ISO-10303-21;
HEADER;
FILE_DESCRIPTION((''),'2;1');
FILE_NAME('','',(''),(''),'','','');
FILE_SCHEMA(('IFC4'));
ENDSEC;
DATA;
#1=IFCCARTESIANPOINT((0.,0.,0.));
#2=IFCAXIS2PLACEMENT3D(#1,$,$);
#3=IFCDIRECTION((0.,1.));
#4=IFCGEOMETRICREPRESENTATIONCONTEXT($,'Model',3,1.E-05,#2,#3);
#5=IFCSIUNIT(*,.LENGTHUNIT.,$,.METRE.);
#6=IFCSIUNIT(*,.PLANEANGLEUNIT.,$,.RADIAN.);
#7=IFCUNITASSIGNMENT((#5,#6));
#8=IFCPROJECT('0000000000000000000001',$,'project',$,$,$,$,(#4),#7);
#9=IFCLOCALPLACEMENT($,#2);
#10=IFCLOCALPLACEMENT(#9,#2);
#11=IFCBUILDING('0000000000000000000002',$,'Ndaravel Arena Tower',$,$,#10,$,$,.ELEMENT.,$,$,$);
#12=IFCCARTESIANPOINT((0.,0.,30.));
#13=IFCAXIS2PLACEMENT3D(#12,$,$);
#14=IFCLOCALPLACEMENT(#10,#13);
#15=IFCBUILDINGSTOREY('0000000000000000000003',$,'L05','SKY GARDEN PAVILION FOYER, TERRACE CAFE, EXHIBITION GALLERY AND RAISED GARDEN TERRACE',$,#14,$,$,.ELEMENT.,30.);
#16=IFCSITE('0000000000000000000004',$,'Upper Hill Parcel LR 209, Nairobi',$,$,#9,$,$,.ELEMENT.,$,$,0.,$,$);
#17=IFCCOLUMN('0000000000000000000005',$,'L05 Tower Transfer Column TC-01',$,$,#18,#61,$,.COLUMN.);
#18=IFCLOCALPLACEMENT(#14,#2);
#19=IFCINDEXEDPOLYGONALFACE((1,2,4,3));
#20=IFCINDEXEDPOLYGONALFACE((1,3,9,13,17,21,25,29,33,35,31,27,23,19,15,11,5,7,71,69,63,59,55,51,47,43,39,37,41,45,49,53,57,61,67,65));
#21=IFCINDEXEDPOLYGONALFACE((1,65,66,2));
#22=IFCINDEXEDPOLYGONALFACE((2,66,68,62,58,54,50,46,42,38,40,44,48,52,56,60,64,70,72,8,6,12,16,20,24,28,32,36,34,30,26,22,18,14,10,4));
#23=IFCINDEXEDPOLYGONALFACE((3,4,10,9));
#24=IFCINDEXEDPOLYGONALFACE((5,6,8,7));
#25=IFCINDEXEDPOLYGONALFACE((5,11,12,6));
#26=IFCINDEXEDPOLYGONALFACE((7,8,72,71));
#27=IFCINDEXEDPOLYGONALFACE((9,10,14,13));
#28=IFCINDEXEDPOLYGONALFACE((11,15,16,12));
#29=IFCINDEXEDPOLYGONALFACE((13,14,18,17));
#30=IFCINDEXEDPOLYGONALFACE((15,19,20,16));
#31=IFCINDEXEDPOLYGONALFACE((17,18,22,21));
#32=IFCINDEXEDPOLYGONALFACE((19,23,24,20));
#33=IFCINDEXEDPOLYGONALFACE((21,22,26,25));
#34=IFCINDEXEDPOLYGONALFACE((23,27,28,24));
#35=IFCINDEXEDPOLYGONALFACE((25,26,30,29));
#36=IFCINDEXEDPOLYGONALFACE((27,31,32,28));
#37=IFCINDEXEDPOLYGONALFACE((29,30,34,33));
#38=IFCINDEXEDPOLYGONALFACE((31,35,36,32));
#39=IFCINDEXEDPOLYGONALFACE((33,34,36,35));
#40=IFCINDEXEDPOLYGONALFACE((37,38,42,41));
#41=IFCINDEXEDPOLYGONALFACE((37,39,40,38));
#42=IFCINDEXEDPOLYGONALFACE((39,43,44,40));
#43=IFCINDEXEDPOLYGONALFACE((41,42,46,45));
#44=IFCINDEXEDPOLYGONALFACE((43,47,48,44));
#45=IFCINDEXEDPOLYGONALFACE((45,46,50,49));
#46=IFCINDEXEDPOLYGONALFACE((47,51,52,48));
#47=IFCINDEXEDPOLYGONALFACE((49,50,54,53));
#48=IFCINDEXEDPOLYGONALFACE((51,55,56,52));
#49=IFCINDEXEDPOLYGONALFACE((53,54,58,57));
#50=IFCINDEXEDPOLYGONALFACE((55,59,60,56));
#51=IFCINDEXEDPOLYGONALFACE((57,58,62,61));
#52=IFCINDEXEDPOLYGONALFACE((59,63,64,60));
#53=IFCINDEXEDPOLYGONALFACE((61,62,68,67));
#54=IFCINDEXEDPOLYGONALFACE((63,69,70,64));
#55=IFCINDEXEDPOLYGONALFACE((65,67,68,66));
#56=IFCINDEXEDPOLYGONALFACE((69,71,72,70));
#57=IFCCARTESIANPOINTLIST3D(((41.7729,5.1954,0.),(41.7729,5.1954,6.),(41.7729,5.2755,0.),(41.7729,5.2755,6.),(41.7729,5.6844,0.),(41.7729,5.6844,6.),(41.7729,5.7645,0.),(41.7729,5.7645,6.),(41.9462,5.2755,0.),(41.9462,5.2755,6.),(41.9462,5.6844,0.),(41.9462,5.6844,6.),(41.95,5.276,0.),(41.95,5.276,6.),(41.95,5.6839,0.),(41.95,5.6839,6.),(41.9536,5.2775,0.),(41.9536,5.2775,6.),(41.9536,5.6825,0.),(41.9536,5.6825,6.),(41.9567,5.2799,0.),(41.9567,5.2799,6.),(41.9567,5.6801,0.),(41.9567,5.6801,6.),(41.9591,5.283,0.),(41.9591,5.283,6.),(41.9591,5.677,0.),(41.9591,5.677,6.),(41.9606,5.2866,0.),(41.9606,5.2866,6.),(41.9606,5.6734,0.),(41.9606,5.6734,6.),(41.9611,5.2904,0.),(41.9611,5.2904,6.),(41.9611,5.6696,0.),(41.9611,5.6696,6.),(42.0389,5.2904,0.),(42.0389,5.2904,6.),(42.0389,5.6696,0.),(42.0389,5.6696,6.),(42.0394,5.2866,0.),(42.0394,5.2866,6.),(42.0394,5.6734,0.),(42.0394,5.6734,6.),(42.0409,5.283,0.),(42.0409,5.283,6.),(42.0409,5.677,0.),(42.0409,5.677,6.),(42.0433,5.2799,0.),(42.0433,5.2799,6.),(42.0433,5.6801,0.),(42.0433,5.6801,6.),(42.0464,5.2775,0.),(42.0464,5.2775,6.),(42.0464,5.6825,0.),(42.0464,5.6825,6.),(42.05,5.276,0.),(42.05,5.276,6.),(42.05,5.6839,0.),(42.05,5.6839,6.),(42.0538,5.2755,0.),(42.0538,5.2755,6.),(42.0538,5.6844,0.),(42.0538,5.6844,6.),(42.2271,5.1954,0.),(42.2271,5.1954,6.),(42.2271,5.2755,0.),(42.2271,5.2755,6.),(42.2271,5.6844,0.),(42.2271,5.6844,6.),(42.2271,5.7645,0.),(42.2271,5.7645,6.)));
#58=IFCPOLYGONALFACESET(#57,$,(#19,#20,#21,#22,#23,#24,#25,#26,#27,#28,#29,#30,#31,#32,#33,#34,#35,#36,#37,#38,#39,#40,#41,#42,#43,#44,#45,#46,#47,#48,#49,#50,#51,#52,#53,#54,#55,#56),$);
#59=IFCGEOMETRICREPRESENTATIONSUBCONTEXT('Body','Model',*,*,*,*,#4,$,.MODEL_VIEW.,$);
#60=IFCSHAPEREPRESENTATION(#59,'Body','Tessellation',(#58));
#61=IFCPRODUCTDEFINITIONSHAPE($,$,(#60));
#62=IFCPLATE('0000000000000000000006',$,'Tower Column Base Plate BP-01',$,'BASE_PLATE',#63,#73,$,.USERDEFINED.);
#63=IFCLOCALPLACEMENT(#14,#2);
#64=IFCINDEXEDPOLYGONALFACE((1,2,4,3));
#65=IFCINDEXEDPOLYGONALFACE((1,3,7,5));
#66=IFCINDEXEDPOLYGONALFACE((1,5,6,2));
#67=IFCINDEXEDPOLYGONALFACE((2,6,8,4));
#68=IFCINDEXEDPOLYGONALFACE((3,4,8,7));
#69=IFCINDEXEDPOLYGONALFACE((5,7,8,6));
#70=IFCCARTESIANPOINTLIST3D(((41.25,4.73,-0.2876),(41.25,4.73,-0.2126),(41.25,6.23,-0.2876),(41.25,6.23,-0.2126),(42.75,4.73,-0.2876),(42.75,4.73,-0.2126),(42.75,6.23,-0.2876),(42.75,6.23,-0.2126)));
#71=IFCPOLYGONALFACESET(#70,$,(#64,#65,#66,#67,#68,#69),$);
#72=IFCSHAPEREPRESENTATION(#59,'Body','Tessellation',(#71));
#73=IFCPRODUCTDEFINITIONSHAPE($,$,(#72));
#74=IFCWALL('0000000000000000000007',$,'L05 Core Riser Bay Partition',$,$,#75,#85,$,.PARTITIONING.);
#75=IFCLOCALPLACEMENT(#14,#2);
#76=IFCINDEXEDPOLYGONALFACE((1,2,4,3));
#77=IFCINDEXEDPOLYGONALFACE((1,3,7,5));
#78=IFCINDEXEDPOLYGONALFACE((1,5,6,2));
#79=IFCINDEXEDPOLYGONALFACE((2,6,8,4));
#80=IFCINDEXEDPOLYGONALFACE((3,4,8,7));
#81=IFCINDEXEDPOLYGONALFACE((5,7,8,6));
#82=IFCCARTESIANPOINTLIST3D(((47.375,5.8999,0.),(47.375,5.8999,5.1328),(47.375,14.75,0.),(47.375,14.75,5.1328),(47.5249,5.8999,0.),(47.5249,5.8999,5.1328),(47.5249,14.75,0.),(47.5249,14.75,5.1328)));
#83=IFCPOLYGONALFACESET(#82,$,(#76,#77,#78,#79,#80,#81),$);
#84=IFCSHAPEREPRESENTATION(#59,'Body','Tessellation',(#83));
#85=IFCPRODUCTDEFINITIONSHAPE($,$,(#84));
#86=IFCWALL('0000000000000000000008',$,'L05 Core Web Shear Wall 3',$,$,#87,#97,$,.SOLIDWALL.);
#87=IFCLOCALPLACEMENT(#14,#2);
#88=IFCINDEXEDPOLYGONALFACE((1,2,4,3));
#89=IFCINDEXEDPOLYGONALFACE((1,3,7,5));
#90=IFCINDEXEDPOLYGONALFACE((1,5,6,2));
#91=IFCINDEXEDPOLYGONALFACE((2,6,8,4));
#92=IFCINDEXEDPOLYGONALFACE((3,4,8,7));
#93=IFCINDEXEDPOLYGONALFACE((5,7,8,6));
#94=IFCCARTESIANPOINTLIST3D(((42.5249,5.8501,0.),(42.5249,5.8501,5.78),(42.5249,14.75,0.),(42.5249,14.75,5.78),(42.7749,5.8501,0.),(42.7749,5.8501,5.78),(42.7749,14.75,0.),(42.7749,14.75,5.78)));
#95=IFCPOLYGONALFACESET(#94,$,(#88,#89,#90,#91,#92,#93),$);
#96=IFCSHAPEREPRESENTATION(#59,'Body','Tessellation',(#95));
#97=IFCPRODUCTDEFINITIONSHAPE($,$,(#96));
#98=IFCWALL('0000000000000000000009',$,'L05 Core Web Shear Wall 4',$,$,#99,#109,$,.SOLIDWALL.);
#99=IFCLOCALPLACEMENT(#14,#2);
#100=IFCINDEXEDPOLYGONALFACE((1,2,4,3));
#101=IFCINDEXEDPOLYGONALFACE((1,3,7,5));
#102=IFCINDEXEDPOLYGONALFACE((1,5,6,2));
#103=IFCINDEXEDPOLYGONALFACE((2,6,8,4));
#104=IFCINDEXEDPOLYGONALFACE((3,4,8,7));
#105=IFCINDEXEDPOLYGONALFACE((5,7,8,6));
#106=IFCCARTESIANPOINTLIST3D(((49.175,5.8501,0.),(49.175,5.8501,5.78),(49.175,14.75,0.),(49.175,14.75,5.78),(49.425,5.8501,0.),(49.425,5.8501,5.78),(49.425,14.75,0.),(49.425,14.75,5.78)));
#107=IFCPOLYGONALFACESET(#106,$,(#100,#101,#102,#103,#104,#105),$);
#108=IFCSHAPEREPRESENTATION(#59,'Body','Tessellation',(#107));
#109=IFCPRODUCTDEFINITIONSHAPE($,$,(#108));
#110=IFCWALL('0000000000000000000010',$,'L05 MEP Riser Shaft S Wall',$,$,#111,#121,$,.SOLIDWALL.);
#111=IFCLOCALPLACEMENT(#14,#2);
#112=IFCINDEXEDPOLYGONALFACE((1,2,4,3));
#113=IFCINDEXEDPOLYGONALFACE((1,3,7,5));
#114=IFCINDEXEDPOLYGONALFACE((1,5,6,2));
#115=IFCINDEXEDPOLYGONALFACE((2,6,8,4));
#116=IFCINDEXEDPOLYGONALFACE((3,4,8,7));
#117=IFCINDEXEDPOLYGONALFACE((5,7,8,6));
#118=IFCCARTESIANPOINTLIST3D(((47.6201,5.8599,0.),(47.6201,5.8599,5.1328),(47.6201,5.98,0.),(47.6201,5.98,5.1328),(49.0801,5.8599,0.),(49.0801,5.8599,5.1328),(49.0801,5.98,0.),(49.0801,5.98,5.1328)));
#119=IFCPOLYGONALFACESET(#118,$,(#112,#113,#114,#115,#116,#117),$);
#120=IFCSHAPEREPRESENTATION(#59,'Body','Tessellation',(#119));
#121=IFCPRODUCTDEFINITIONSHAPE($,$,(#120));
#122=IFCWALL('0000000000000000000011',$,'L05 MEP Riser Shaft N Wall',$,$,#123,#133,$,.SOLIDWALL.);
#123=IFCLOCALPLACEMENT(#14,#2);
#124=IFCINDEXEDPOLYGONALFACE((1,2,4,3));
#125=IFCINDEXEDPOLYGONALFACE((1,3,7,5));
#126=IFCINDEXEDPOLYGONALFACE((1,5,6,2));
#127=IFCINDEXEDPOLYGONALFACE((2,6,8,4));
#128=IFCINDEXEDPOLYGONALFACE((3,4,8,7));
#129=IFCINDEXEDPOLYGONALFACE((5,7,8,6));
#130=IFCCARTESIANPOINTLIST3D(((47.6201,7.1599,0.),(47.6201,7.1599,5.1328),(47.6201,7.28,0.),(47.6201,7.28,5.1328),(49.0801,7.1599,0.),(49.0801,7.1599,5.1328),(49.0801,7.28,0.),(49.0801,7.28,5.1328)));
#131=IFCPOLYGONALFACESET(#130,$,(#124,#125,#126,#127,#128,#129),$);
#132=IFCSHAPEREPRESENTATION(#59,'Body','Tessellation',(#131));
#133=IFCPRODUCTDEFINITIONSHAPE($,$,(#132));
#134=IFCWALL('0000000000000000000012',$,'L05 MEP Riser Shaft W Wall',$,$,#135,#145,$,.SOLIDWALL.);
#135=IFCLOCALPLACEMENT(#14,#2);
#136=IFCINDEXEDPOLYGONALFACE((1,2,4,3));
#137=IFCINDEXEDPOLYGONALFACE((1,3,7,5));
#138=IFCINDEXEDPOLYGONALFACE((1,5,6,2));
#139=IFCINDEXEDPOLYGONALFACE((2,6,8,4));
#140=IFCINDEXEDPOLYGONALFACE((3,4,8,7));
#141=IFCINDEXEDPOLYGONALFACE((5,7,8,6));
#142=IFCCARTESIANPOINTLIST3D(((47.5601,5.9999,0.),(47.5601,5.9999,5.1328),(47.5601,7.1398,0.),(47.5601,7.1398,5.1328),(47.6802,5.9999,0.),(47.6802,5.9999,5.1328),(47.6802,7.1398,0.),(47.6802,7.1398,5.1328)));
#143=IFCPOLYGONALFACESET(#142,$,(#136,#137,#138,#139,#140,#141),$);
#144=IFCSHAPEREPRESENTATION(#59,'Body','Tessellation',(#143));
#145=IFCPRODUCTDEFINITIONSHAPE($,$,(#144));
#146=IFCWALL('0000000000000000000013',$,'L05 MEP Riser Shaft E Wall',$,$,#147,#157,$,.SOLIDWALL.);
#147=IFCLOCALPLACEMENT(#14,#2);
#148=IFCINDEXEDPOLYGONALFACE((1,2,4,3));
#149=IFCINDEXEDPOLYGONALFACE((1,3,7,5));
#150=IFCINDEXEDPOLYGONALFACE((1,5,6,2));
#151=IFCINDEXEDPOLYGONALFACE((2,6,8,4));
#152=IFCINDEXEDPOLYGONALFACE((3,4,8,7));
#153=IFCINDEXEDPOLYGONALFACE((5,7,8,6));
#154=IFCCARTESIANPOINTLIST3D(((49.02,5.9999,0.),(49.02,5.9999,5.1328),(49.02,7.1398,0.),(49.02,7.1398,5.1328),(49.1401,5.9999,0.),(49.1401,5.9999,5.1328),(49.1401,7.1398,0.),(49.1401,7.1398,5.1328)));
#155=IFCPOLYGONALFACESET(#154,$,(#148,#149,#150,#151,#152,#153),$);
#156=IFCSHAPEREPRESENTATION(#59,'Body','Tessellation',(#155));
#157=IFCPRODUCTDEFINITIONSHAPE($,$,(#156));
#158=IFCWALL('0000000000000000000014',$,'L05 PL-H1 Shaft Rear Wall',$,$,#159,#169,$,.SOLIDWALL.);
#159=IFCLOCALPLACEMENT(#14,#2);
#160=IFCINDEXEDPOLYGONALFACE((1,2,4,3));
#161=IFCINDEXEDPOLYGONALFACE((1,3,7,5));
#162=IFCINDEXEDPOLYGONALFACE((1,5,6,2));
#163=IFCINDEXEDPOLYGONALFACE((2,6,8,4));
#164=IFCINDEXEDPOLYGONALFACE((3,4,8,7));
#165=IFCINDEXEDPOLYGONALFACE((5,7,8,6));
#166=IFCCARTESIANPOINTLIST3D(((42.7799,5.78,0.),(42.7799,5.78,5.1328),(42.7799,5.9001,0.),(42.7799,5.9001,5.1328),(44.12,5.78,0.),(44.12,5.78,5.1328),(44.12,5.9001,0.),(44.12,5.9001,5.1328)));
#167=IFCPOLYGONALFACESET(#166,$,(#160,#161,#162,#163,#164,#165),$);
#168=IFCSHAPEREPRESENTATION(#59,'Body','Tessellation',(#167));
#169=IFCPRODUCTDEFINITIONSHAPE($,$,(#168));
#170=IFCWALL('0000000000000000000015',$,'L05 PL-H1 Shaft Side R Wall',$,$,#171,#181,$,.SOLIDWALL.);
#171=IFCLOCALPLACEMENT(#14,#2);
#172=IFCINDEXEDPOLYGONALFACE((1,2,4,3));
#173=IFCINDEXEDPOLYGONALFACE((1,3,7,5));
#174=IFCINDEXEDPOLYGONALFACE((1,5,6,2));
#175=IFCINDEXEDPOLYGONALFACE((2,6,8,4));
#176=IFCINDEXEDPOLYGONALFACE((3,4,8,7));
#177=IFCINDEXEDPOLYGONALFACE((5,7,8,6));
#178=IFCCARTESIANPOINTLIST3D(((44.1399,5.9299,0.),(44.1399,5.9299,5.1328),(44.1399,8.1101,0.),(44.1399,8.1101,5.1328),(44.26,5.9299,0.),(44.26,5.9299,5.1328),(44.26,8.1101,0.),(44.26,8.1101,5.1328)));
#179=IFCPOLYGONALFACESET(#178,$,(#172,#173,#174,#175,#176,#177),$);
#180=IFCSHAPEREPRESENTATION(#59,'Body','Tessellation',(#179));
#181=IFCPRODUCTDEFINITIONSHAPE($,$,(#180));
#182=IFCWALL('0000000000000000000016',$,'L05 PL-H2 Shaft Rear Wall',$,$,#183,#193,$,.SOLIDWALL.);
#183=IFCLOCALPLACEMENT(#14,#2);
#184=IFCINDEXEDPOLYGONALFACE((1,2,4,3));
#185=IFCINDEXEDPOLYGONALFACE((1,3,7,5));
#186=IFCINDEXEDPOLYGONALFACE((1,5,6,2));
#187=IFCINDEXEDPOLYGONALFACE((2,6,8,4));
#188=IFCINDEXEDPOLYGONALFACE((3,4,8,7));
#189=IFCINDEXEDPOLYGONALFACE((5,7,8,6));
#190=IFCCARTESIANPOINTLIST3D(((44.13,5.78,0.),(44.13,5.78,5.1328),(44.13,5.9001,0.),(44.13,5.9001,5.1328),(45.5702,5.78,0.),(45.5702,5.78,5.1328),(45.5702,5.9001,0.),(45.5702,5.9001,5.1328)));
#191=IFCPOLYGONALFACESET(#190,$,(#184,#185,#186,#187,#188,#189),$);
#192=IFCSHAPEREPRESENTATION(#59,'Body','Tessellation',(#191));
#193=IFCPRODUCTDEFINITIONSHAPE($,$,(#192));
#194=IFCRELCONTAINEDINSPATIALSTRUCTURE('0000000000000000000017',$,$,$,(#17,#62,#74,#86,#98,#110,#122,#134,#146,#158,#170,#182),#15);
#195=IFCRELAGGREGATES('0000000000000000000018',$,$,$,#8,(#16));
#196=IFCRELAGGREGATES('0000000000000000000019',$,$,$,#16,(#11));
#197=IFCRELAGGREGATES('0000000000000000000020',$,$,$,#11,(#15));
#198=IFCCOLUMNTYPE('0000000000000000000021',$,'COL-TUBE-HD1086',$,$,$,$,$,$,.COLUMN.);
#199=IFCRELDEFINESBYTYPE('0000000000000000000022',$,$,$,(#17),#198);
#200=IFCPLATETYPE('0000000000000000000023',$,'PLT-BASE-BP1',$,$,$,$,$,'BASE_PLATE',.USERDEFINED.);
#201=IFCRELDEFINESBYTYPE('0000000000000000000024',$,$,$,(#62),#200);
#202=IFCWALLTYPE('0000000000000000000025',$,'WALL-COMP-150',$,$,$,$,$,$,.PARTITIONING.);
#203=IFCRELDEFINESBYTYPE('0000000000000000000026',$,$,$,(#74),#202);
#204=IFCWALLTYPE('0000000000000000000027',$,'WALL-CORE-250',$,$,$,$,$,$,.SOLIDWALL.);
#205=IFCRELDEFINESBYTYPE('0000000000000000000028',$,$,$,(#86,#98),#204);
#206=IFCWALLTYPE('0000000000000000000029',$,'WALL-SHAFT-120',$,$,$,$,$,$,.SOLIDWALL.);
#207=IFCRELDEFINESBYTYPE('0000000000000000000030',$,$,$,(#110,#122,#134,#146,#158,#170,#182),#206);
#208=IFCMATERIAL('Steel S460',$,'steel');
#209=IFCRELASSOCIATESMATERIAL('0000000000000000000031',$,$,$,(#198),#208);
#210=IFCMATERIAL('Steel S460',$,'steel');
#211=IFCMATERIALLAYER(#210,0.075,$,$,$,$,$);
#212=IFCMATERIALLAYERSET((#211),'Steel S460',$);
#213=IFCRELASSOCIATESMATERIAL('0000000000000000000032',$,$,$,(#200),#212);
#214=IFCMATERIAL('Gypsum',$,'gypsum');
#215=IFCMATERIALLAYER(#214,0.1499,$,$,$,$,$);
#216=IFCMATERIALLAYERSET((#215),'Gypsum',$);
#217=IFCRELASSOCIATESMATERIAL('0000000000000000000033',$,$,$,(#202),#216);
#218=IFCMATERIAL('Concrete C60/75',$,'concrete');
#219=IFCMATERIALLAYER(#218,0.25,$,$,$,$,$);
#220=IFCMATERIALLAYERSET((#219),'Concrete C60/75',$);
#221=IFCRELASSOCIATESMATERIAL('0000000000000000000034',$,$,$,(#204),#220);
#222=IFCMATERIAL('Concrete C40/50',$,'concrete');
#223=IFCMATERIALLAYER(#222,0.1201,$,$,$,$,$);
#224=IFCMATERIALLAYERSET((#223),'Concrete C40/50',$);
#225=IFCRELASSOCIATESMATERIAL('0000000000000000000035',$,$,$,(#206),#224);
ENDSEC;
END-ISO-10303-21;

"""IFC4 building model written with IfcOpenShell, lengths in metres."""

from ifc_helpers import new_model, si_unit, direction, frame, frame_2d, origin, origin_2d, place, context, subcontext, project, spatial, rectangle, i_section, extrude, material, layer, layer_set, material_profile, profile_set, type_object, element, save


model = new_model("IFC4")

# Units and contexts
model_context = context("Model", 3, precision=1e-05, world=origin(), true_north=direction((0.0, 1.0)))
body_context = subcontext(model_context, "Body", "Model", "MODEL_VIEW")
ifc_project = project(units=[si_unit("LENGTHUNIT", "METRE"), si_unit("PLANEANGLEUNIT", "RADIAN")], contexts=[model_context])

# Site, building, storey
site_placement = place(None, origin())
site = spatial("IfcSite", under=ifc_project, at=site_placement, Name="Upper Hill Parcel LR 209, Nairobi", CompositionType="ELEMENT", RefElevation=0.0)
building_placement = place(site_placement, origin())
building = spatial("IfcBuilding", under=site, at=building_placement, Name="Ndaravel Arena Tower", CompositionType="ELEMENT")
storey_placement = place(building_placement, frame((0.0, 0.0, 30.0)))
storey = spatial("IfcBuildingStorey", under=building, at=storey_placement, Name="L05", Description="SKY GARDEN PAVILION FOYER, TERRACE CAFE, EXHIBITION GALLERY AND RAISED GARDEN TERRACE", CompositionType="ELEMENT", Elevation=30.0)

# Column
ifc_material_1 = material(Name="Steel S460", Category="steel")
ifc_material_profile = material_profile(ifc_material_1, i_section(OverallWidth=0.4541, OverallDepth=0.5691, WebThickness=0.0779, FlangeThickness=0.0801, FilletRadius=0.0149, at=origin_2d()), Name="HD 400x1086")
ifc_profile_set = profile_set([ifc_material_profile], Name="Steel S460")
column_type = type_object("IfcColumnType", Name="COL-TUBE-HD1086", PredefinedType="COLUMN", material=ifc_profile_set)
column_placement = place(storey_placement, frame((42.0, 5.48, 0.0), z_axis=(0.0, 0.0, 1.0), x_axis=(1.0, 0.0, 0.0)))
element("IfcColumn", 1, at=column_placement, inside=storey, type_object=column_type, Name="L05 Tower Transfer Column TC-01", PredefinedType="COLUMN", context=body_context, shape_type="SweptSolid", body=[
    extrude(i_section(OverallWidth=0.4541, OverallDepth=0.5691, WebThickness=0.0779, FlangeThickness=0.0801, FilletRadius=0.0149, at=origin_2d()), origin(), (0.0, 0.0, 1.0), 6.0),
])

# Plate
ifc_material_2 = material(Name="Steel S460", Category="steel")
ifc_layer_1 = layer(ifc_material_2, 0.075)
ifc_layer_set_1 = layer_set([ifc_layer_1], Name="Steel S460")
plate_type = type_object("IfcPlateType", Name="PLT-BASE-BP1", ElementType="BASE_PLATE", PredefinedType="USERDEFINED", material=ifc_layer_set_1)
plate_placement = place(storey_placement, frame((42.0, 5.48, -0.2876), z_axis=(0.0, 0.0, 1.0), x_axis=(1.0, 0.0, 0.0)))
element("IfcPlate", 2, at=plate_placement, inside=storey, type_object=plate_type, Name="Tower Column Base Plate BP-01", ObjectType="BASE_PLATE", PredefinedType="USERDEFINED", context=body_context, shape_type="SweptSolid", body=[
    extrude(rectangle(XDim=1.5, YDim=1.5, at=origin_2d()), origin(), (0.0, 0.0, 1.0), 0.075),
])

# Walls
ifc_material_3 = material(Name="Gypsum", Category="gypsum")
ifc_layer_2 = layer(ifc_material_3, 0.1499)
ifc_layer_set_2 = layer_set([ifc_layer_2], Name="Gypsum")
wall_type_1 = type_object("IfcWallType", Name="WALL-COMP-150", PredefinedType="PARTITIONING", material=ifc_layer_set_2)
wall_1_placement = place(storey_placement, frame((47.45, 5.8999, 0.0), z_axis=(0.0, 0.0, 1.0), x_axis=(0.0, 1.0, 0.0)))
element("IfcWall", 3, at=wall_1_placement, inside=storey, type_object=wall_type_1, Name="L05 Core Riser Bay Partition", PredefinedType="PARTITIONING", context=body_context, shape_type="SweptSolid", body=[
    extrude(rectangle(XDim=8.8501, YDim=0.1499, at=frame_2d((4.425, 0.0))), origin(), (0.0, 0.0, 1.0), 5.1328),
])
ifc_material_4 = material(Name="Concrete C60/75", Category="concrete")
ifc_layer_3 = layer(ifc_material_4, 0.25)
ifc_layer_set_3 = layer_set([ifc_layer_3], Name="Concrete C60/75")
wall_type_2 = type_object("IfcWallType", Name="WALL-CORE-250", PredefinedType="SOLIDWALL", material=ifc_layer_set_3)
for number, where, z_axis, x_axis, name in (
    (4, (42.6499, 5.8501, 0.0), (0.0, 0.0, 1.0), (0.0, 1.0, 0.0), "L05 Core Web Shear Wall 3"),
    (5, (49.3, 5.8501, 0.0), (0.0, 0.0, 1.0), (0.0, 1.0, 0.0), "L05 Core Web Shear Wall 4"),
):
    element("IfcWall", number, at=place(storey_placement, frame(where, z_axis=z_axis, x_axis=x_axis)), inside=storey, type_object=wall_type_2, Name=name, PredefinedType="SOLIDWALL", context=body_context, shape_type="SweptSolid", body=[
        extrude(rectangle(XDim=8.8999, YDim=0.25, at=frame_2d((4.45, 0.0))), origin(), (0.0, 0.0, 1.0), 5.78),
    ])
ifc_material_5 = material(Name="Concrete C40/50", Category="concrete")
ifc_layer_4 = layer(ifc_material_5, 0.1201)
ifc_layer_set_4 = layer_set([ifc_layer_4], Name="Concrete C40/50")
wall_type_3 = type_object("IfcWallType", Name="WALL-SHAFT-120", PredefinedType="SOLIDWALL", material=ifc_layer_set_4)
for number, where, z_axis, x_axis, name in (
    (6, (47.6201, 5.9199, 0.0), (0.0, 0.0, 1.0), (1.0, 0.0, 0.0), "L05 MEP Riser Shaft S Wall"),
    (7, (47.6201, 7.22, 0.0), (0.0, 0.0, 1.0), (1.0, 0.0, 0.0), "L05 MEP Riser Shaft N Wall"),
):
    element("IfcWall", number, at=place(storey_placement, frame(where, z_axis=z_axis, x_axis=x_axis)), inside=storey, type_object=wall_type_3, Name=name, PredefinedType="SOLIDWALL", context=body_context, shape_type="SweptSolid", body=[
        extrude(rectangle(XDim=1.46, YDim=0.1201, at=frame_2d((0.73, 0.0))), origin(), (0.0, 0.0, 1.0), 5.1328),
    ])
for number, where, z_axis, x_axis, name in (
    (8, (47.6201, 6.0, 0.0), (0.0, 0.0, 1.0), (0.0, 1.0, 0.0), "L05 MEP Riser Shaft W Wall"),
    (9, (49.0801, 6.0, 0.0), (0.0, 0.0, 1.0), (0.0, 1.0, 0.0), "L05 MEP Riser Shaft E Wall"),
):
    element("IfcWall", number, at=place(storey_placement, frame(where, z_axis=z_axis, x_axis=x_axis)), inside=storey, type_object=wall_type_3, Name=name, PredefinedType="SOLIDWALL", context=body_context, shape_type="SweptSolid", body=[
        extrude(rectangle(XDim=1.1399, YDim=0.1201, at=frame_2d((0.5698, 0.0))), origin(), (0.0, 0.0, 1.0), 5.1328),
    ])
wall_2_placement = place(storey_placement, frame((42.78, 5.8401, 0.0), z_axis=(0.0, 0.0, 1.0), x_axis=(1.0, 0.0, 0.0)))
element("IfcWall", 10, at=wall_2_placement, inside=storey, type_object=wall_type_3, Name="L05 PL-H1 Shaft Rear Wall", PredefinedType="SOLIDWALL", context=body_context, shape_type="SweptSolid", body=[
    extrude(rectangle(XDim=1.3401, YDim=0.1201, at=frame_2d((0.6699, 0.0))), origin(), (0.0, 0.0, 1.0), 5.1328),
])
wall_3_placement = place(storey_placement, frame((44.2, 5.9299, 0.0), z_axis=(0.0, 0.0, 1.0), x_axis=(0.0, 1.0, 0.0)))
element("IfcWall", 11, at=wall_3_placement, inside=storey, type_object=wall_type_3, Name="L05 PL-H1 Shaft Side R Wall", PredefinedType="SOLIDWALL", context=body_context, shape_type="SweptSolid", body=[
    extrude(rectangle(XDim=2.1802, YDim=0.1201, at=frame_2d((1.0901, 0.0))), origin(), (0.0, 0.0, 1.0), 5.1328),
])
wall_4_placement = place(storey_placement, frame((44.1299, 5.8401, 0.0), z_axis=(0.0, 0.0, 1.0), x_axis=(1.0, 0.0, 0.0)))
element("IfcWall", 12, at=wall_4_placement, inside=storey, type_object=wall_type_3, Name="L05 PL-H2 Shaft Rear Wall", PredefinedType="SOLIDWALL", context=body_context, shape_type="SweptSolid", body=[
    extrude(rectangle(XDim=1.4402, YDim=0.1201, at=frame_2d((0.7202, 0.0))), origin(), (0.0, 0.0, 1.0), 5.1328),
])

save(model, "model.ifc")
